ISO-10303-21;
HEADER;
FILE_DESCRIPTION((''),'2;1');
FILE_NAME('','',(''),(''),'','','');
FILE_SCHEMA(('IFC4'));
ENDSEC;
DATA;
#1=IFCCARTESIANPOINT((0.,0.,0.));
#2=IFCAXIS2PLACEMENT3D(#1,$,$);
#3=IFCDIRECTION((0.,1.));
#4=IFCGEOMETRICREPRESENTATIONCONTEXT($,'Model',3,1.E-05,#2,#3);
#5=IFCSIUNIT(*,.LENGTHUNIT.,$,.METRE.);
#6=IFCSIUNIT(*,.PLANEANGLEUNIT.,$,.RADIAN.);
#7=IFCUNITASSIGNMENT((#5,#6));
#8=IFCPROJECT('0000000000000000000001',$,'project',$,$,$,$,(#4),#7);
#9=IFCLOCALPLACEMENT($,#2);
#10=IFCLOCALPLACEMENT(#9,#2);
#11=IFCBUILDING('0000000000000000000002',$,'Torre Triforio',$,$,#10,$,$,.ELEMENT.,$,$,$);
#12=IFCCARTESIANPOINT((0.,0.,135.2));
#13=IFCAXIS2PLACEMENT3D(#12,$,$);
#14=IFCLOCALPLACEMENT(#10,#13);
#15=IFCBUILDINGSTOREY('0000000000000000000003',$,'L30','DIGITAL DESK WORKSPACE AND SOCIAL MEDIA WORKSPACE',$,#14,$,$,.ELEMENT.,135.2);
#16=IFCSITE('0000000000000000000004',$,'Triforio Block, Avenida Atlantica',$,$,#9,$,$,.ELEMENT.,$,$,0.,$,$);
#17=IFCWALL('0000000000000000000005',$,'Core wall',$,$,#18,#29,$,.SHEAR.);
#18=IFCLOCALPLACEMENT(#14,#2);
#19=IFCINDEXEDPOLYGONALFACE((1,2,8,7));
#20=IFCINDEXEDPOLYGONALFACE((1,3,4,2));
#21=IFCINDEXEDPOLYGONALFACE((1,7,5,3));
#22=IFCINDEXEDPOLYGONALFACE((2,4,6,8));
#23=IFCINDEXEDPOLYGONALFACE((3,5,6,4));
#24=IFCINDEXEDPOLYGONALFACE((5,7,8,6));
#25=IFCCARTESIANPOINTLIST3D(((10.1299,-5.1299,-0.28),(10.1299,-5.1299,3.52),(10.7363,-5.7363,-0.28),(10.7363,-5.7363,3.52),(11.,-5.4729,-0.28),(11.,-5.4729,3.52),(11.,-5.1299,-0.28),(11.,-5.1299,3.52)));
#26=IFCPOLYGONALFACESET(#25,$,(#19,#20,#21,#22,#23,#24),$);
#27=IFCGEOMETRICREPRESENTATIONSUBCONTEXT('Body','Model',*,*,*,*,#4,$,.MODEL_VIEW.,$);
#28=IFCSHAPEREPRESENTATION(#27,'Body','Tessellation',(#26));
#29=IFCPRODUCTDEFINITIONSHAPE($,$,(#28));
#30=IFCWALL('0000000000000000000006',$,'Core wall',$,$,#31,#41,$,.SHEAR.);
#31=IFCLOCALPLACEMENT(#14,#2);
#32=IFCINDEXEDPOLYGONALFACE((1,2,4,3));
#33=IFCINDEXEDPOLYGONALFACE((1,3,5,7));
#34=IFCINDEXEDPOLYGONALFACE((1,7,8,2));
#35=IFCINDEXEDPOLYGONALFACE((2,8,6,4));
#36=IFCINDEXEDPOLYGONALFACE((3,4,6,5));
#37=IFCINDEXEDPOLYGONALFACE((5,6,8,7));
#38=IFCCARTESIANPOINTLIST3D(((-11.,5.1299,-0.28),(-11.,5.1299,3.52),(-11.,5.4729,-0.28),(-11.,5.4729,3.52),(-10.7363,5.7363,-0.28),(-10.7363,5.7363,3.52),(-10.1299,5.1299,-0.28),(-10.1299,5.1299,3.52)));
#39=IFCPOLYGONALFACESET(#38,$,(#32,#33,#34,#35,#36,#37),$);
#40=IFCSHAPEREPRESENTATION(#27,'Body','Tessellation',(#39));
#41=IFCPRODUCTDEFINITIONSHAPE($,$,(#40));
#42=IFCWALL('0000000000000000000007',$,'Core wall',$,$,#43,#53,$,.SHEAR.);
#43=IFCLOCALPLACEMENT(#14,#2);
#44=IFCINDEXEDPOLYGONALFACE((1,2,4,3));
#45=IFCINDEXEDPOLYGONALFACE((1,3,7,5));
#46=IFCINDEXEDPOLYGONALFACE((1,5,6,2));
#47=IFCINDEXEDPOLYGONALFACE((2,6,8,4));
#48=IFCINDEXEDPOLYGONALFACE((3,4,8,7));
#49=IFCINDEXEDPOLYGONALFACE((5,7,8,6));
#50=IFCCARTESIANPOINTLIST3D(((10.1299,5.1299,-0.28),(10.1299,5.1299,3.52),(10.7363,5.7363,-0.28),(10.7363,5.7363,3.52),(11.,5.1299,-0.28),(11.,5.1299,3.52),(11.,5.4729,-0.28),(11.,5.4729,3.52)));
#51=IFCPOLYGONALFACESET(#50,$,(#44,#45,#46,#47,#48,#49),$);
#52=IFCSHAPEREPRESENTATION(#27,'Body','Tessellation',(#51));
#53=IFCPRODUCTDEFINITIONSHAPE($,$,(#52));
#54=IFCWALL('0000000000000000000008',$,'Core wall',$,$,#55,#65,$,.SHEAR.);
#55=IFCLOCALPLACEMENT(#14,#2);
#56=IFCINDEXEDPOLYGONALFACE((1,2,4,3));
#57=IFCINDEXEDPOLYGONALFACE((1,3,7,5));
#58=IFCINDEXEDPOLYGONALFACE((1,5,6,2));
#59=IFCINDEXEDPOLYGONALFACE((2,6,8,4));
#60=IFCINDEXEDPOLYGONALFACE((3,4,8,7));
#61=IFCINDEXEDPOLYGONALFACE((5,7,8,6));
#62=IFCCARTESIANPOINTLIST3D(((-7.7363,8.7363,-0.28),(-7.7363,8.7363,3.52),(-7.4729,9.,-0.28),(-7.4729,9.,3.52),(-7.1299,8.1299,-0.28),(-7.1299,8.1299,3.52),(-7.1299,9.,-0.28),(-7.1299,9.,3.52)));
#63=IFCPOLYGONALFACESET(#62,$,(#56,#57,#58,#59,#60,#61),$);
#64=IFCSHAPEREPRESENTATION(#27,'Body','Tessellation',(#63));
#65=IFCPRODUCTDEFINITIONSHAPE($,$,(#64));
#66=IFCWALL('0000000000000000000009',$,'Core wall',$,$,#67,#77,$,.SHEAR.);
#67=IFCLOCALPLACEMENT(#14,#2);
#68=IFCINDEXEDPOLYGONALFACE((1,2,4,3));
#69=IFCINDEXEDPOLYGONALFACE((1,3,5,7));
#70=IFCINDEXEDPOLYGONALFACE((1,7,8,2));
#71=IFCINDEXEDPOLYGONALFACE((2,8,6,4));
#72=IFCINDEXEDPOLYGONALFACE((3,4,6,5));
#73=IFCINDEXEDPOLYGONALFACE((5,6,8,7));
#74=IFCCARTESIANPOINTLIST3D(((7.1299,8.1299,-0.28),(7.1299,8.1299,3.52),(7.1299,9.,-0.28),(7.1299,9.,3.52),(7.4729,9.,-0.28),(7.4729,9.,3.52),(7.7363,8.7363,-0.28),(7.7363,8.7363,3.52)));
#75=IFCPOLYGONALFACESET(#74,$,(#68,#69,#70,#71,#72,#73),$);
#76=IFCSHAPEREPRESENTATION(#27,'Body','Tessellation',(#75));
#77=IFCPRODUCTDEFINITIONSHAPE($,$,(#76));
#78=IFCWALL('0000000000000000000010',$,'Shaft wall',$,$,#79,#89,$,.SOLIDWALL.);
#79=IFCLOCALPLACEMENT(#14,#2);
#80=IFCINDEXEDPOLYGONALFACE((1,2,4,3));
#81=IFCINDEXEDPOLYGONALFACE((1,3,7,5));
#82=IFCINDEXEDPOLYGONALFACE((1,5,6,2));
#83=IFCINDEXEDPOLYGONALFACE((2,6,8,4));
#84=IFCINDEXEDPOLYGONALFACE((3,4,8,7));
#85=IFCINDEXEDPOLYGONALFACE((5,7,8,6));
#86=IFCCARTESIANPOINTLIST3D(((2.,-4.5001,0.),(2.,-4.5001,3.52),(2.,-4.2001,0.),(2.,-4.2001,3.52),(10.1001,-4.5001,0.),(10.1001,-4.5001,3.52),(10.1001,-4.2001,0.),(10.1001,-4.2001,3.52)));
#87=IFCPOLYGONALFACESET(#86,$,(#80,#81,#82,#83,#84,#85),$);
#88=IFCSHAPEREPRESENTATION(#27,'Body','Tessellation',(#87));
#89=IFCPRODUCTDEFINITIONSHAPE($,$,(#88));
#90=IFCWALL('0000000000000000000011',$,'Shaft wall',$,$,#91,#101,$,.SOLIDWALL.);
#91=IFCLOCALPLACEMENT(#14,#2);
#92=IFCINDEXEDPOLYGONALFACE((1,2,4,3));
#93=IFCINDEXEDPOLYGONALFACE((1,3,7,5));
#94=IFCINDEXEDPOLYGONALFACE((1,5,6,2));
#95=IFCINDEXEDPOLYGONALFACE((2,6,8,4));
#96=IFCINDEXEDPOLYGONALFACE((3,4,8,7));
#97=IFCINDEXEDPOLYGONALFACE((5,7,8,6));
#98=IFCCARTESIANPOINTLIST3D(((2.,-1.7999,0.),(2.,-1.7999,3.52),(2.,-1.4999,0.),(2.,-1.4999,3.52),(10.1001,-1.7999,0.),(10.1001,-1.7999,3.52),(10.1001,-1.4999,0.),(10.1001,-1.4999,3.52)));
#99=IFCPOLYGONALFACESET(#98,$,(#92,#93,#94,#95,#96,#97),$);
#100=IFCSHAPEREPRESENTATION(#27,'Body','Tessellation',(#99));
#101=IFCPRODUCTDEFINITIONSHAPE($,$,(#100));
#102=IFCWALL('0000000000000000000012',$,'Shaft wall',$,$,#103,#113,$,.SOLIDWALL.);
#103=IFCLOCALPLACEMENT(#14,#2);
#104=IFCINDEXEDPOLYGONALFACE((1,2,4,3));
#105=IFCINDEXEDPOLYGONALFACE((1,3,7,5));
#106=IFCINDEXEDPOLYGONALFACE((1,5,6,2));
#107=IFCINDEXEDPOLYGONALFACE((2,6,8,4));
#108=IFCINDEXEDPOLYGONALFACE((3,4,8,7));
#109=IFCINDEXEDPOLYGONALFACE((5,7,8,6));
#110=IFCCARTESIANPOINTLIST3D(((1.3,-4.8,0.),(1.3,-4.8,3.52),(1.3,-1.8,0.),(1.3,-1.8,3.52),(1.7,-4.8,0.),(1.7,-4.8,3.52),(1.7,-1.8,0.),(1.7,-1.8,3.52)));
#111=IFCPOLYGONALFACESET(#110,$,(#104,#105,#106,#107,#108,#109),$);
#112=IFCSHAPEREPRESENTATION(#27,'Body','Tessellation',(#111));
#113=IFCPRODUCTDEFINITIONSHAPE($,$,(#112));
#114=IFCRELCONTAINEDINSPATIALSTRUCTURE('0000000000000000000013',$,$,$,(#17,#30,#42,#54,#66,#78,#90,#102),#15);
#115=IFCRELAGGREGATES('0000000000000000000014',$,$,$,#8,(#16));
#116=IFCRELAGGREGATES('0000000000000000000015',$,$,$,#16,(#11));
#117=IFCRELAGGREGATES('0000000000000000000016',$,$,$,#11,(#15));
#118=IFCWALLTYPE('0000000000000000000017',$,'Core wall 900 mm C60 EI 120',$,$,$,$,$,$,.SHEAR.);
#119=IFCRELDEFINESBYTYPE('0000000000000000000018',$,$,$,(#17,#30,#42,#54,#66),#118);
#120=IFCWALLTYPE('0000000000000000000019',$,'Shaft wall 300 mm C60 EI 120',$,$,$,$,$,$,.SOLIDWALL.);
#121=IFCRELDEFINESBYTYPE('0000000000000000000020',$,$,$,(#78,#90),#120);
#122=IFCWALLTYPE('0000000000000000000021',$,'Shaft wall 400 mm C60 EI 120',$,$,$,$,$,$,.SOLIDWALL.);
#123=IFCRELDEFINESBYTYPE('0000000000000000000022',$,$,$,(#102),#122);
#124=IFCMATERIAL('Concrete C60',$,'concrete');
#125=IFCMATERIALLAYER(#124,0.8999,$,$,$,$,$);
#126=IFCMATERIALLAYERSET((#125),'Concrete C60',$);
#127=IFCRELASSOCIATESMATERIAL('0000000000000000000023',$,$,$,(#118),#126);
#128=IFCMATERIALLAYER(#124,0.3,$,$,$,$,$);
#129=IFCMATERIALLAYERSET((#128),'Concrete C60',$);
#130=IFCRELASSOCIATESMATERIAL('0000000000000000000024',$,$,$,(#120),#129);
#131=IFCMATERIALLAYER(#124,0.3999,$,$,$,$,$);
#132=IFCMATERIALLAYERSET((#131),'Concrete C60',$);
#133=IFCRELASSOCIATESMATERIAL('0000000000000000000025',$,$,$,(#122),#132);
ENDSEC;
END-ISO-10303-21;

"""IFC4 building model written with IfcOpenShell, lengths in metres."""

from ifc_helpers import new_model, si_unit, direction, frame, frame_2d, origin, place, context, subcontext, project, spatial, polyline, rectangle, outline, extrude, material, layer, layer_set, type_object, element, save


model = new_model("IFC4")

# Units and contexts
model_context = context("Model", 3, precision=1e-05, world=origin(), true_north=direction((0.0, 1.0)))
body_context = subcontext(model_context, "Body", "Model", "MODEL_VIEW")
ifc_project = project(units=[si_unit("LENGTHUNIT", "METRE"), si_unit("PLANEANGLEUNIT", "RADIAN")], contexts=[model_context])

# Site, building, storey
site_placement = place(None, origin())
site = spatial("IfcSite", under=ifc_project, at=site_placement, Name="Triforio Block, Avenida Atlantica", CompositionType="ELEMENT", RefElevation=0.0)
building_placement = place(site_placement, origin())
building = spatial("IfcBuilding", under=site, at=building_placement, Name="Torre Triforio", CompositionType="ELEMENT")
storey_placement = place(building_placement, frame((0.0, 0.0, 135.2)))
storey = spatial("IfcBuildingStorey", under=building, at=storey_placement, Name="L30", Description="DIGITAL DESK WORKSPACE AND SOCIAL MEDIA WORKSPACE", CompositionType="ELEMENT", Elevation=135.2)

# Shared definitions
ifc_material_1 = material(Name="Concrete C60", Category="concrete")

# Walls
ifc_layer_1 = layer(ifc_material_1, 0.8999)
ifc_layer_set_1 = layer_set([ifc_layer_1], Name="Concrete C60")
wall_type_1 = type_object("IfcWallType", Name="Core wall 900 mm C60 EI 120", PredefinedType="SHEAR", material=ifc_layer_set_1)
wall_1_placement = place(storey_placement, frame((0.0, 0.0, -0.28)))
element("IfcWall", 1, at=wall_1_placement, inside=storey, type_object=wall_type_1, Name="Core wall", PredefinedType="SHEAR", context=body_context, shape_type="SweptSolid", body=[
    extrude(outline(polyline([(11.0, -5.4729), (10.7363, -5.7363), (10.1299, -5.1299), (11.0, -5.1299), (11.0, -5.4729)])), origin(), (0.0, 0.0, 1.0), 3.8),
])
wall_2_placement = place(storey_placement, frame((0.0, 0.0, -0.28)))
element("IfcWall", 2, at=wall_2_placement, inside=storey, type_object=wall_type_1, Name="Core wall", PredefinedType="SHEAR", context=body_context, shape_type="SweptSolid", body=[
    extrude(outline(polyline([(-10.7363, 5.7363), (-10.1299, 5.1299), (-11.0, 5.1299), (-11.0, 5.4729), (-10.7363, 5.7363)])), origin(), (0.0, 0.0, 1.0), 3.8),
])
wall_3_placement = place(storey_placement, frame((0.0, 0.0, -0.28)))
element("IfcWall", 3, at=wall_3_placement, inside=storey, type_object=wall_type_1, Name="Core wall", PredefinedType="SHEAR", context=body_context, shape_type="SweptSolid", body=[
    extrude(outline(polyline([(11.0, 5.4729), (11.0, 5.1299), (10.1299, 5.1299), (10.7363, 5.7363), (11.0, 5.4729)])), origin(), (0.0, 0.0, 1.0), 3.8),
])
wall_4_placement = place(storey_placement, frame((0.0, 0.0, -0.28)))
element("IfcWall", 4, at=wall_4_placement, inside=storey, type_object=wall_type_1, Name="Core wall", PredefinedType="SHEAR", context=body_context, shape_type="SweptSolid", body=[
    extrude(outline(polyline([(-7.4729, 9.0), (-7.1299, 9.0), (-7.1299, 8.1299), (-7.7363, 8.7363), (-7.4729, 9.0)])), origin(), (0.0, 0.0, 1.0), 3.8),
])
wall_5_placement = place(storey_placement, frame((0.0, 0.0, -0.28)))
element("IfcWall", 5, at=wall_5_placement, inside=storey, type_object=wall_type_1, Name="Core wall", PredefinedType="SHEAR", context=body_context, shape_type="SweptSolid", body=[
    extrude(outline(polyline([(7.4729, 9.0), (7.7363, 8.7363), (7.1299, 8.1299), (7.1299, 9.0), (7.4729, 9.0)])), origin(), (0.0, 0.0, 1.0), 3.8),
])
ifc_layer_2 = layer(ifc_material_1, 0.3)
ifc_layer_set_2 = layer_set([ifc_layer_2], Name="Concrete C60")
wall_type_2 = type_object("IfcWallType", Name="Shaft wall 300 mm C60 EI 120", PredefinedType="SOLIDWALL", material=ifc_layer_set_2)
for number, where, z_axis, x_axis, name in (
    (6, (2.0, -4.3501, 0.0), (0.0, 0.0, 1.0), (1.0, 0.0, 0.0), "Shaft wall"),
    (7, (2.0, -1.6499, 0.0), (0.0, 0.0, 1.0), (1.0, 0.0, 0.0), "Shaft wall"),
):
    element("IfcWall", number, at=place(storey_placement, frame(where, z_axis=z_axis, x_axis=x_axis)), inside=storey, type_object=wall_type_2, Name=name, PredefinedType="SOLIDWALL", context=body_context, shape_type="SweptSolid", body=[
        extrude(rectangle(XDim=8.1001, YDim=0.3, at=frame_2d((4.05, 0.0))), origin(), (0.0, 0.0, 1.0), 3.52),
    ])
ifc_layer_3 = layer(ifc_material_1, 0.3999)
ifc_layer_set_3 = layer_set([ifc_layer_3], Name="Concrete C60")
wall_type_3 = type_object("IfcWallType", Name="Shaft wall 400 mm C60 EI 120", PredefinedType="SOLIDWALL", material=ifc_layer_set_3)
wall_6_placement = place(storey_placement, frame((1.5, -4.8, 0.0), z_axis=(0.0, 0.0, 1.0), x_axis=(0.0, 1.0, 0.0)))
element("IfcWall", 8, at=wall_6_placement, inside=storey, type_object=wall_type_3, Name="Shaft wall", PredefinedType="SOLIDWALL", context=body_context, shape_type="SweptSolid", body=[
    extrude(rectangle(XDim=3.0, YDim=0.3999, at=frame_2d((1.5, 0.0))), origin(), (0.0, 0.0, 1.0), 3.52),
])

save(model, "model.ifc")
